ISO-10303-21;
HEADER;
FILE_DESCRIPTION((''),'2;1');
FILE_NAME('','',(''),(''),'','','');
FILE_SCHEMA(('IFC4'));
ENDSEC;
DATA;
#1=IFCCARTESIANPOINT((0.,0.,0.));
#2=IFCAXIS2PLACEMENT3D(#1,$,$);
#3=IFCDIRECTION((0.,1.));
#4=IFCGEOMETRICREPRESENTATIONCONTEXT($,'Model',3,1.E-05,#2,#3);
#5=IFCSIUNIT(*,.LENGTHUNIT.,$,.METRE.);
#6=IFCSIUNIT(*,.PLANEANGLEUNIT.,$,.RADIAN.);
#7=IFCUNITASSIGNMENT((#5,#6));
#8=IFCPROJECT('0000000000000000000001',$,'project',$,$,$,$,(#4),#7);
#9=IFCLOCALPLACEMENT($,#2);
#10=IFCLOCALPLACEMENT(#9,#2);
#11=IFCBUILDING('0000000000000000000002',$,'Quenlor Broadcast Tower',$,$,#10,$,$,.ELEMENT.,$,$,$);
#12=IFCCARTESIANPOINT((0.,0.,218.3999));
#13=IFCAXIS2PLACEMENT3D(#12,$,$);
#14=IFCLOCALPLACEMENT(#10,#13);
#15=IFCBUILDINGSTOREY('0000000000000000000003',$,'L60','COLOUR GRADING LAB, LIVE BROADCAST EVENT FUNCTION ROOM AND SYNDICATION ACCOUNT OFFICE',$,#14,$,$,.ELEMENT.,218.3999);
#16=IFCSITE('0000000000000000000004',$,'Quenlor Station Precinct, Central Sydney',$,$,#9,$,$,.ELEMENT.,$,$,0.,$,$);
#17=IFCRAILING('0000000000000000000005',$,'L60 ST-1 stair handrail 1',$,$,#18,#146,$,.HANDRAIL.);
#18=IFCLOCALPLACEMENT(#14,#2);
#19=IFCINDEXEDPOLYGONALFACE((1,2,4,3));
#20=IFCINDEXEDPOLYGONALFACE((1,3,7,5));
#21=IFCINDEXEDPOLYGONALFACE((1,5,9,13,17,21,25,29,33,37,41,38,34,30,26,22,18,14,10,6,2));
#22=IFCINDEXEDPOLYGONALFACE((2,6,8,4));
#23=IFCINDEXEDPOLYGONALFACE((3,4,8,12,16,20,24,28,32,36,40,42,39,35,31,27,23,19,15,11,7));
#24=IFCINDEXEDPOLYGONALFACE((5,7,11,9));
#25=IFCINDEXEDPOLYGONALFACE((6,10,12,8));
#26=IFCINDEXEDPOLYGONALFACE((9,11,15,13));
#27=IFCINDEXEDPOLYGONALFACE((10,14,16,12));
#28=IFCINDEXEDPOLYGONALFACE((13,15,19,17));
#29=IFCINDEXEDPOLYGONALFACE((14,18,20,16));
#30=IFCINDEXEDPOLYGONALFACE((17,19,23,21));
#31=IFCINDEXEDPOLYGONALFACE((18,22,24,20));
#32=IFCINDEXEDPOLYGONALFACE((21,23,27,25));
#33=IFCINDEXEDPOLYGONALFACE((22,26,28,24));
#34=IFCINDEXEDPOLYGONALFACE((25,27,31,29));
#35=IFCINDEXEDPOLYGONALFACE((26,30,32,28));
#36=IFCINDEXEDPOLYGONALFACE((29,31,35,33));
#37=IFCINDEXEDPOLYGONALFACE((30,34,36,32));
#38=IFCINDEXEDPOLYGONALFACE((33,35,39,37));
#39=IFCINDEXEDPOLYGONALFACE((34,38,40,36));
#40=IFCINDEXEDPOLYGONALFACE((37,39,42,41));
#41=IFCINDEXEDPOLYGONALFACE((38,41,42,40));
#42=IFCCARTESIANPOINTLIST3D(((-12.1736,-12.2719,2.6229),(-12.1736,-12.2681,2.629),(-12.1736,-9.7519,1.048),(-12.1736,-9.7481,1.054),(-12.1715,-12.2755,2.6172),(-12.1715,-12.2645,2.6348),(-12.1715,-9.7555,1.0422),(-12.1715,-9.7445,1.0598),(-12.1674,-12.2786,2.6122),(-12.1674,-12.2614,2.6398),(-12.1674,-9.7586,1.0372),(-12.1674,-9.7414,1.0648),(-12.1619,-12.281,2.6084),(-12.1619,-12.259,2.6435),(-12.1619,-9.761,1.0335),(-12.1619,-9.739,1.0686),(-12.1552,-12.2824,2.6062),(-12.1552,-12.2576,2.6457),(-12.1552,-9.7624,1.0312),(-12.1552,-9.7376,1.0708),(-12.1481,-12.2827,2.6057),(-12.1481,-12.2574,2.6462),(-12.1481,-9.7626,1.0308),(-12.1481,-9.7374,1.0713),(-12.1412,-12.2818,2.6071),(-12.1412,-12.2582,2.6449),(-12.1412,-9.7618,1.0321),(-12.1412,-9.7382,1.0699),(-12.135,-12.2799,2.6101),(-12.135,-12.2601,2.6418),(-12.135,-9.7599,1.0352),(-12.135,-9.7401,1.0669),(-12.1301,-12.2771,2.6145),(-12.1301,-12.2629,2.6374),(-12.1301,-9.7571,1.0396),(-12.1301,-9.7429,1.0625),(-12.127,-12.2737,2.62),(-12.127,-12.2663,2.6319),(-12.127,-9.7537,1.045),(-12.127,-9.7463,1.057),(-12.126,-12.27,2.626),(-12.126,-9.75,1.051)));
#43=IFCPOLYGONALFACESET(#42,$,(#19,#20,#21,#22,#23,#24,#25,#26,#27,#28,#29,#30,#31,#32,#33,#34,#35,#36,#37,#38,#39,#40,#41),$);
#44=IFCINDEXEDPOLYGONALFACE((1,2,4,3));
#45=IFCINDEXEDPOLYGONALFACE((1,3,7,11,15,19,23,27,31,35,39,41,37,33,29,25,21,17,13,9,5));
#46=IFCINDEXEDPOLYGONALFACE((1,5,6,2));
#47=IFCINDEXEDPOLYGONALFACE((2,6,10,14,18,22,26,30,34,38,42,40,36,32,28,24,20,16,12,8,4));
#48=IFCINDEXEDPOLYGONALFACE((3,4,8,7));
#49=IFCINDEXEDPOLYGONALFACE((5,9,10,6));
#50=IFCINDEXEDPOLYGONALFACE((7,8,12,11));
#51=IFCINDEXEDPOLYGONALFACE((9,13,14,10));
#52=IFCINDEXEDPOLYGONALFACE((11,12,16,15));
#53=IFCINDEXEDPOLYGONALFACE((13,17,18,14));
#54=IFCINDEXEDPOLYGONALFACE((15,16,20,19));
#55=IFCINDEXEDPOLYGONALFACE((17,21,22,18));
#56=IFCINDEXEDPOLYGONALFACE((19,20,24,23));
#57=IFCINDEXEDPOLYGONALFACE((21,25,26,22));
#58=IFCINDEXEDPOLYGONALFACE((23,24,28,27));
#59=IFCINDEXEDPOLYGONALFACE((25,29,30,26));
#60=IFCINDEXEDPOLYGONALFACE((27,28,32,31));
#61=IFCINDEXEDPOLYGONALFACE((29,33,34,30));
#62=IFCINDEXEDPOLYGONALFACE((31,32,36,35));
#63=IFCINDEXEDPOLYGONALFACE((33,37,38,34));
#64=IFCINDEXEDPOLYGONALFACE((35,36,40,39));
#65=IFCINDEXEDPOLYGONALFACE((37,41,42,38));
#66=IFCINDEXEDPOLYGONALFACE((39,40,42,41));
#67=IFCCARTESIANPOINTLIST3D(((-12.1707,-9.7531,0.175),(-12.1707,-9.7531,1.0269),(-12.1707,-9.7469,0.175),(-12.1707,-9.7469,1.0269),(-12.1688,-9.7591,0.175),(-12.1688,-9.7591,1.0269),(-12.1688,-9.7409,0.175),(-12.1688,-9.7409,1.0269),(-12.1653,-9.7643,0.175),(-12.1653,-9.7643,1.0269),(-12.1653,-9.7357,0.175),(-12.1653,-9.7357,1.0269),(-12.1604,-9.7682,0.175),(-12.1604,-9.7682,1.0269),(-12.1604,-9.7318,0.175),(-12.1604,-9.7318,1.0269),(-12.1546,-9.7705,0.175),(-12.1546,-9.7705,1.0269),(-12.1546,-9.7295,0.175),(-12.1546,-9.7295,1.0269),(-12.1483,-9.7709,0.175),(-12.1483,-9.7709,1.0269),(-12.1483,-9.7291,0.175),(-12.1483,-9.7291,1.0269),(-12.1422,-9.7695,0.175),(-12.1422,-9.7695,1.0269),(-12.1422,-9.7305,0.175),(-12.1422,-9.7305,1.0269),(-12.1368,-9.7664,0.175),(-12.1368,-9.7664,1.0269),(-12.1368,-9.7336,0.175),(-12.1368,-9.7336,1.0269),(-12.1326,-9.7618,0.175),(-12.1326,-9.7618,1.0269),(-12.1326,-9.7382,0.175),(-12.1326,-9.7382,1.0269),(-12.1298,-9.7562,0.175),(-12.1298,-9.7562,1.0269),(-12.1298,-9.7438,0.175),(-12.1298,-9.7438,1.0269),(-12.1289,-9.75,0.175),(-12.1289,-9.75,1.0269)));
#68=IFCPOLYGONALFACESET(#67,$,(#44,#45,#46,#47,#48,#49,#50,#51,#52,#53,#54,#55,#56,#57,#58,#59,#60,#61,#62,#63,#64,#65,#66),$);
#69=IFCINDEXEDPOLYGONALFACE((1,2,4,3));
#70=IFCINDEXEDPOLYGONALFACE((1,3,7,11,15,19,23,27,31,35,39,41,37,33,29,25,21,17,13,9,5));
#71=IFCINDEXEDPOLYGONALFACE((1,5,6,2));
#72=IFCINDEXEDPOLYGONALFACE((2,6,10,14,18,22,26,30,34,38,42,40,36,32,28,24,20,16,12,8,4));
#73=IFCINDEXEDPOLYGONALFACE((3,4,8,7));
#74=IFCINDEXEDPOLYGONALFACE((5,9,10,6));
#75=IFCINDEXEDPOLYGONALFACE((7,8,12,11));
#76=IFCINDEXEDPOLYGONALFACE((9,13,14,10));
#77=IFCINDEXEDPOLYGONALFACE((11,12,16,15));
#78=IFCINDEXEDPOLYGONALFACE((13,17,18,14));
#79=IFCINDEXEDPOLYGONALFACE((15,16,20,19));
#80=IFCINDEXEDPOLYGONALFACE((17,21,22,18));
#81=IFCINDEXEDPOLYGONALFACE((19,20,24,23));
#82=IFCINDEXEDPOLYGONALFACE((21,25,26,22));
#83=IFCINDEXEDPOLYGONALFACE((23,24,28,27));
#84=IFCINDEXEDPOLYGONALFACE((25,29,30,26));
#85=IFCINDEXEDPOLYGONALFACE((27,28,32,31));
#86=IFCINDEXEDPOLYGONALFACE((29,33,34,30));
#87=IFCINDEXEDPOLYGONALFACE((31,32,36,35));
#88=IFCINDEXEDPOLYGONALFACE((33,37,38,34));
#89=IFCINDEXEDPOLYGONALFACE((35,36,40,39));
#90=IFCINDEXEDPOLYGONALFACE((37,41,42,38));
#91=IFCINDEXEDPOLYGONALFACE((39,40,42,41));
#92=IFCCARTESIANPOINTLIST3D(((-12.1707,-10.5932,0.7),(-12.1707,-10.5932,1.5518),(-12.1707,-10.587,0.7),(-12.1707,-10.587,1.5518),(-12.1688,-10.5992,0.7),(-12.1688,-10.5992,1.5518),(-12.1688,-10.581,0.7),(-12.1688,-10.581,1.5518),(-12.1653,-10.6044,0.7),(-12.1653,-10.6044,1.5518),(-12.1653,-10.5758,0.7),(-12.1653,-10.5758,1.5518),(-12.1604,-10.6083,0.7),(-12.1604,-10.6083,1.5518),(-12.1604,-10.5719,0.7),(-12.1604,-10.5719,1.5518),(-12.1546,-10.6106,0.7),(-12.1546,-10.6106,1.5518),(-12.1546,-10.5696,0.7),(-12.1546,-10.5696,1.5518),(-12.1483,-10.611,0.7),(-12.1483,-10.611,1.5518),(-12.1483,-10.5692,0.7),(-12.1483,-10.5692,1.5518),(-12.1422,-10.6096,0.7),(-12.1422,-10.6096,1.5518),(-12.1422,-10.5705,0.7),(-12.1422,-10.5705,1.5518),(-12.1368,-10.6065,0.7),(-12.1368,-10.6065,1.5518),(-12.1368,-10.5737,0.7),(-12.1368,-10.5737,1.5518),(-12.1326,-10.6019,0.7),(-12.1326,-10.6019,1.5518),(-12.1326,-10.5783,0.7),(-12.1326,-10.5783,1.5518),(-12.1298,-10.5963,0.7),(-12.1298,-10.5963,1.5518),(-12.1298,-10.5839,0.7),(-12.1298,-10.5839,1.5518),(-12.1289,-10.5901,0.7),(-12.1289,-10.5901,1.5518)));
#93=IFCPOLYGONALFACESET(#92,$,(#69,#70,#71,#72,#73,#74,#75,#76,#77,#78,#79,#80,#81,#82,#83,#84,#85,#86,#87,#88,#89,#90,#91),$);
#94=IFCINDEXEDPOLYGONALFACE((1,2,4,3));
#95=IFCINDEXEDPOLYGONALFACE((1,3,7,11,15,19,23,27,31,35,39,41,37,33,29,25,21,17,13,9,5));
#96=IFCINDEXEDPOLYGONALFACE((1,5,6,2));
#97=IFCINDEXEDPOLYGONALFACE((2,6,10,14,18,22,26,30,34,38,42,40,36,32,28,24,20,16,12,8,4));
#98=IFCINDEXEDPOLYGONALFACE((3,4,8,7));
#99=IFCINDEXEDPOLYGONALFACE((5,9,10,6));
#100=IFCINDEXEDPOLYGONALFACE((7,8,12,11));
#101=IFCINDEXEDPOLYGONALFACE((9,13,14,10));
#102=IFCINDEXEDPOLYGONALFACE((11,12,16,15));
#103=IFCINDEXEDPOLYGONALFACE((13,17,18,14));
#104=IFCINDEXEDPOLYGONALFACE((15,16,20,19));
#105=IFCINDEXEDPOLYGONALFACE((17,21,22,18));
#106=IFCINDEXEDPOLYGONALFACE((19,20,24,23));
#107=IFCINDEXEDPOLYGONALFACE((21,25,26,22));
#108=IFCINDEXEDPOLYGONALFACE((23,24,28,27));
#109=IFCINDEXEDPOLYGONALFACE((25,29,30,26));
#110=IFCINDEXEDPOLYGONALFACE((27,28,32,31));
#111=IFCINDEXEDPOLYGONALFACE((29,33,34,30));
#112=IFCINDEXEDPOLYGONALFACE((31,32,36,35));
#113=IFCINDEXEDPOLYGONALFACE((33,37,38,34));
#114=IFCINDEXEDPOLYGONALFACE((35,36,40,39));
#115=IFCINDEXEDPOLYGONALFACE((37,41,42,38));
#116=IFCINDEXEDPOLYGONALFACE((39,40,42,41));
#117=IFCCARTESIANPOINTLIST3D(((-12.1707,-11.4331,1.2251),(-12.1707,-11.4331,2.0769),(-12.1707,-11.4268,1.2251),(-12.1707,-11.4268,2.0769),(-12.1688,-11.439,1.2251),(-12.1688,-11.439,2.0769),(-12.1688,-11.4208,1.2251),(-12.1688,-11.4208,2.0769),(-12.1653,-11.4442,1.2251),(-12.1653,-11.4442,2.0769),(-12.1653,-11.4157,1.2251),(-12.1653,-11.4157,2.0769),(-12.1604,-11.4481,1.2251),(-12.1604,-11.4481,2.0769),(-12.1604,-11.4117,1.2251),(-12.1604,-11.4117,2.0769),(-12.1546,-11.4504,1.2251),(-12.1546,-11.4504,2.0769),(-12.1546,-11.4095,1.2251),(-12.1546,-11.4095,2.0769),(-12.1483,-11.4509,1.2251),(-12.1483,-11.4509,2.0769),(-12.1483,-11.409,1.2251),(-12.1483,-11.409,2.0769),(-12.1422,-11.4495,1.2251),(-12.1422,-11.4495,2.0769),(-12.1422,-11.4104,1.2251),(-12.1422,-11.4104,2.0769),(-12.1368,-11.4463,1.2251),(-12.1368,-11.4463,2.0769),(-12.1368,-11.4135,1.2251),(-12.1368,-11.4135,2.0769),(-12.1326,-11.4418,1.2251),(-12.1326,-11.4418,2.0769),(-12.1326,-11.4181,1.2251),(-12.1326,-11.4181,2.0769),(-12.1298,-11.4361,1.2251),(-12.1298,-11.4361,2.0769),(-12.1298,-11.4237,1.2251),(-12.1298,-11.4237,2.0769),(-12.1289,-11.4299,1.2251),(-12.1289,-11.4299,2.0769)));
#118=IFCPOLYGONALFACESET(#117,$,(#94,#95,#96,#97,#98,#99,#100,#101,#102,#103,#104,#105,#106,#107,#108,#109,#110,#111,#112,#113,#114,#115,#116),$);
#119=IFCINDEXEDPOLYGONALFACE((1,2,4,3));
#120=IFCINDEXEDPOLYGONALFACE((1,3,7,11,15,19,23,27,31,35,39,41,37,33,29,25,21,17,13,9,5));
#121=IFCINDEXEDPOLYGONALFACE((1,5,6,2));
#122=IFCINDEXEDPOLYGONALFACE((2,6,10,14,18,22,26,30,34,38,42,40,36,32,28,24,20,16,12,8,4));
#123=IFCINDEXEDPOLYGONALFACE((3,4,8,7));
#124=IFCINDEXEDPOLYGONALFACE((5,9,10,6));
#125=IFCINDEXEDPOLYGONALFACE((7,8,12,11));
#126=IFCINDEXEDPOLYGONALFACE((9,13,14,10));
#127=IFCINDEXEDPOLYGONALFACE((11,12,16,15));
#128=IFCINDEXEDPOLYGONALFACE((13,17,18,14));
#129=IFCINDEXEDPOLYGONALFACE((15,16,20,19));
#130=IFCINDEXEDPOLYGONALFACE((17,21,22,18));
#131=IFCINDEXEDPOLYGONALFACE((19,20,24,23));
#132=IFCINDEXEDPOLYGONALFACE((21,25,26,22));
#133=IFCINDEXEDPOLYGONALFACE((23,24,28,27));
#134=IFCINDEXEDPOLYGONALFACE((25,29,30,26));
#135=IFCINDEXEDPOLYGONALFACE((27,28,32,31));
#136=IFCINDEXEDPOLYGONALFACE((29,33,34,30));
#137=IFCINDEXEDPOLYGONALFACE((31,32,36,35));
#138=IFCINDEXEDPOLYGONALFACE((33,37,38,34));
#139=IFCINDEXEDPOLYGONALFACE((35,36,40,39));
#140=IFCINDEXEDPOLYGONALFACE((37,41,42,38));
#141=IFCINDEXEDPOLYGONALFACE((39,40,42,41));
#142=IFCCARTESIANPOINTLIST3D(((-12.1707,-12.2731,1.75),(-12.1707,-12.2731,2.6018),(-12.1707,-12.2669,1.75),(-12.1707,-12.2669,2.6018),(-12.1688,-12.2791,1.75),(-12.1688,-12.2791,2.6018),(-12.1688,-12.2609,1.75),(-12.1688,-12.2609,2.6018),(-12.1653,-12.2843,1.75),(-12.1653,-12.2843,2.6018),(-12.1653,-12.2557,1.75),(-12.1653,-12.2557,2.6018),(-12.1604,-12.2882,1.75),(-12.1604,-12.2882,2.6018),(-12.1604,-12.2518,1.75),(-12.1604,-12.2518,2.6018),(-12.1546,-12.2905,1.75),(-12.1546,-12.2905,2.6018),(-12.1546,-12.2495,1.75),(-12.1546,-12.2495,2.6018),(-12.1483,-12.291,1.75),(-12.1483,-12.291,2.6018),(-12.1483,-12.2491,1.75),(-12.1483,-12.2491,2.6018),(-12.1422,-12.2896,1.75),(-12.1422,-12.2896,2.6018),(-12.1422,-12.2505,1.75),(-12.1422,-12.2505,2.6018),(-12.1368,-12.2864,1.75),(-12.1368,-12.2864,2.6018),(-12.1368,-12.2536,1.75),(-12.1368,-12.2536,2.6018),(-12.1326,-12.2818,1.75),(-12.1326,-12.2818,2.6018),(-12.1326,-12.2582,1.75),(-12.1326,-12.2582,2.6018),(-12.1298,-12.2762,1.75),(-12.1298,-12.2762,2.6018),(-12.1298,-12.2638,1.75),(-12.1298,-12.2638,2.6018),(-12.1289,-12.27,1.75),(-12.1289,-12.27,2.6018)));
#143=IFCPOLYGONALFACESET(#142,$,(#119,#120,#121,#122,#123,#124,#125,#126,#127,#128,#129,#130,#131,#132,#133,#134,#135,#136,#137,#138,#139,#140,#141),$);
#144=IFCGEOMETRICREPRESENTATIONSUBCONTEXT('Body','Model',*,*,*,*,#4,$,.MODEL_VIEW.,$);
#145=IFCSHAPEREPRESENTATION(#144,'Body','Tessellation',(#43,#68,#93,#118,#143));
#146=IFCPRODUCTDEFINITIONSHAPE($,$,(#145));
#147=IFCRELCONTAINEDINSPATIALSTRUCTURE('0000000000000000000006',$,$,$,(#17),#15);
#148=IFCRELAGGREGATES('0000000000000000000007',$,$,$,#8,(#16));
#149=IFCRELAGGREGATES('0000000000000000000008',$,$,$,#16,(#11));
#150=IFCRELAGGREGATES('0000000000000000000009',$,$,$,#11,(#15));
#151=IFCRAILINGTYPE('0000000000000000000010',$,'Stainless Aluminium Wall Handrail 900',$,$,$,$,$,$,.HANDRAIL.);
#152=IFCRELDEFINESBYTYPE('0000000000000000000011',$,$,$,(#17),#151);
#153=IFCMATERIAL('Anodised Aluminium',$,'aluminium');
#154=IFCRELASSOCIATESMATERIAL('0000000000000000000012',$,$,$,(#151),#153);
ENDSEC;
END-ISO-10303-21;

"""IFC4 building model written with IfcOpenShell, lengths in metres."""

from ifc_helpers import new_model, si_unit, direction, frame, origin, origin_2d, place, context, subcontext, project, spatial, circle, extrude, material, type_object, element, save


model = new_model("IFC4")

# Units and contexts
model_context = context("Model", 3, precision=1e-05, world=origin(), true_north=direction((0.0, 1.0)))
body_context = subcontext(model_context, "Body", "Model", "MODEL_VIEW")
ifc_project = project(units=[si_unit("LENGTHUNIT", "METRE"), si_unit("PLANEANGLEUNIT", "RADIAN")], contexts=[model_context])

# Site, building, storey
site_placement = place(None, origin())
site = spatial("IfcSite", under=ifc_project, at=site_placement, Name="Quenlor Station Precinct, Central Sydney", CompositionType="ELEMENT", RefElevation=0.0)
building_placement = place(site_placement, origin())
building = spatial("IfcBuilding", under=site, at=building_placement, Name="Quenlor Broadcast Tower", CompositionType="ELEMENT")
storey_placement = place(building_placement, frame((0.0, 0.0, 218.3999)))
storey = spatial("IfcBuildingStorey", under=building, at=storey_placement, Name="L60", Description="COLOUR GRADING LAB, LIVE BROADCAST EVENT FUNCTION ROOM AND SYNDICATION ACCOUNT OFFICE", CompositionType="ELEMENT", Elevation=218.3999)

# Railing
ifc_material_1 = material(Name="Anodised Aluminium", Category="aluminium")
railing_type_1 = type_object("IfcRailingType", Name="Stainless Aluminium Wall Handrail 900", PredefinedType="HANDRAIL", material=ifc_material_1)
railing_1_placement = place(storey_placement, frame((-12.1499, -9.75, 0.175)))
element("IfcRailing", 1, at=railing_1_placement, inside=storey, type_object=railing_type_1, Name="L60 ST-1 stair handrail 1", PredefinedType="HANDRAIL", context=body_context, shape_type="SweptSolid", body=[
    extrude(circle(Radius=0.0239, at=origin_2d()), frame((0.0, 0.0, 0.876), z_axis=(0.0, -0.848008, 0.529984), x_axis=(1.0, 0.0, 0.0)), (0.0, 0.0, 1.0), 2.9717),
    extrude(circle(Radius=0.021, at=origin_2d()), origin(), (0.0, 0.0, 1.0), 0.8518),
    extrude(circle(Radius=0.021, at=origin_2d()), frame((0.0, -0.8401, 0.5249)), (0.0, 0.0, 1.0), 0.8518),
    extrude(circle(Radius=0.021, at=origin_2d()), frame((0.0, -1.6799, 1.05)), (0.0, 0.0, 1.0), 0.8518),
    extrude(circle(Radius=0.021, at=origin_2d()), frame((0.0, -2.52, 1.575)), (0.0, 0.0, 1.0), 0.8518),
])

save(model, "model.ifc")
